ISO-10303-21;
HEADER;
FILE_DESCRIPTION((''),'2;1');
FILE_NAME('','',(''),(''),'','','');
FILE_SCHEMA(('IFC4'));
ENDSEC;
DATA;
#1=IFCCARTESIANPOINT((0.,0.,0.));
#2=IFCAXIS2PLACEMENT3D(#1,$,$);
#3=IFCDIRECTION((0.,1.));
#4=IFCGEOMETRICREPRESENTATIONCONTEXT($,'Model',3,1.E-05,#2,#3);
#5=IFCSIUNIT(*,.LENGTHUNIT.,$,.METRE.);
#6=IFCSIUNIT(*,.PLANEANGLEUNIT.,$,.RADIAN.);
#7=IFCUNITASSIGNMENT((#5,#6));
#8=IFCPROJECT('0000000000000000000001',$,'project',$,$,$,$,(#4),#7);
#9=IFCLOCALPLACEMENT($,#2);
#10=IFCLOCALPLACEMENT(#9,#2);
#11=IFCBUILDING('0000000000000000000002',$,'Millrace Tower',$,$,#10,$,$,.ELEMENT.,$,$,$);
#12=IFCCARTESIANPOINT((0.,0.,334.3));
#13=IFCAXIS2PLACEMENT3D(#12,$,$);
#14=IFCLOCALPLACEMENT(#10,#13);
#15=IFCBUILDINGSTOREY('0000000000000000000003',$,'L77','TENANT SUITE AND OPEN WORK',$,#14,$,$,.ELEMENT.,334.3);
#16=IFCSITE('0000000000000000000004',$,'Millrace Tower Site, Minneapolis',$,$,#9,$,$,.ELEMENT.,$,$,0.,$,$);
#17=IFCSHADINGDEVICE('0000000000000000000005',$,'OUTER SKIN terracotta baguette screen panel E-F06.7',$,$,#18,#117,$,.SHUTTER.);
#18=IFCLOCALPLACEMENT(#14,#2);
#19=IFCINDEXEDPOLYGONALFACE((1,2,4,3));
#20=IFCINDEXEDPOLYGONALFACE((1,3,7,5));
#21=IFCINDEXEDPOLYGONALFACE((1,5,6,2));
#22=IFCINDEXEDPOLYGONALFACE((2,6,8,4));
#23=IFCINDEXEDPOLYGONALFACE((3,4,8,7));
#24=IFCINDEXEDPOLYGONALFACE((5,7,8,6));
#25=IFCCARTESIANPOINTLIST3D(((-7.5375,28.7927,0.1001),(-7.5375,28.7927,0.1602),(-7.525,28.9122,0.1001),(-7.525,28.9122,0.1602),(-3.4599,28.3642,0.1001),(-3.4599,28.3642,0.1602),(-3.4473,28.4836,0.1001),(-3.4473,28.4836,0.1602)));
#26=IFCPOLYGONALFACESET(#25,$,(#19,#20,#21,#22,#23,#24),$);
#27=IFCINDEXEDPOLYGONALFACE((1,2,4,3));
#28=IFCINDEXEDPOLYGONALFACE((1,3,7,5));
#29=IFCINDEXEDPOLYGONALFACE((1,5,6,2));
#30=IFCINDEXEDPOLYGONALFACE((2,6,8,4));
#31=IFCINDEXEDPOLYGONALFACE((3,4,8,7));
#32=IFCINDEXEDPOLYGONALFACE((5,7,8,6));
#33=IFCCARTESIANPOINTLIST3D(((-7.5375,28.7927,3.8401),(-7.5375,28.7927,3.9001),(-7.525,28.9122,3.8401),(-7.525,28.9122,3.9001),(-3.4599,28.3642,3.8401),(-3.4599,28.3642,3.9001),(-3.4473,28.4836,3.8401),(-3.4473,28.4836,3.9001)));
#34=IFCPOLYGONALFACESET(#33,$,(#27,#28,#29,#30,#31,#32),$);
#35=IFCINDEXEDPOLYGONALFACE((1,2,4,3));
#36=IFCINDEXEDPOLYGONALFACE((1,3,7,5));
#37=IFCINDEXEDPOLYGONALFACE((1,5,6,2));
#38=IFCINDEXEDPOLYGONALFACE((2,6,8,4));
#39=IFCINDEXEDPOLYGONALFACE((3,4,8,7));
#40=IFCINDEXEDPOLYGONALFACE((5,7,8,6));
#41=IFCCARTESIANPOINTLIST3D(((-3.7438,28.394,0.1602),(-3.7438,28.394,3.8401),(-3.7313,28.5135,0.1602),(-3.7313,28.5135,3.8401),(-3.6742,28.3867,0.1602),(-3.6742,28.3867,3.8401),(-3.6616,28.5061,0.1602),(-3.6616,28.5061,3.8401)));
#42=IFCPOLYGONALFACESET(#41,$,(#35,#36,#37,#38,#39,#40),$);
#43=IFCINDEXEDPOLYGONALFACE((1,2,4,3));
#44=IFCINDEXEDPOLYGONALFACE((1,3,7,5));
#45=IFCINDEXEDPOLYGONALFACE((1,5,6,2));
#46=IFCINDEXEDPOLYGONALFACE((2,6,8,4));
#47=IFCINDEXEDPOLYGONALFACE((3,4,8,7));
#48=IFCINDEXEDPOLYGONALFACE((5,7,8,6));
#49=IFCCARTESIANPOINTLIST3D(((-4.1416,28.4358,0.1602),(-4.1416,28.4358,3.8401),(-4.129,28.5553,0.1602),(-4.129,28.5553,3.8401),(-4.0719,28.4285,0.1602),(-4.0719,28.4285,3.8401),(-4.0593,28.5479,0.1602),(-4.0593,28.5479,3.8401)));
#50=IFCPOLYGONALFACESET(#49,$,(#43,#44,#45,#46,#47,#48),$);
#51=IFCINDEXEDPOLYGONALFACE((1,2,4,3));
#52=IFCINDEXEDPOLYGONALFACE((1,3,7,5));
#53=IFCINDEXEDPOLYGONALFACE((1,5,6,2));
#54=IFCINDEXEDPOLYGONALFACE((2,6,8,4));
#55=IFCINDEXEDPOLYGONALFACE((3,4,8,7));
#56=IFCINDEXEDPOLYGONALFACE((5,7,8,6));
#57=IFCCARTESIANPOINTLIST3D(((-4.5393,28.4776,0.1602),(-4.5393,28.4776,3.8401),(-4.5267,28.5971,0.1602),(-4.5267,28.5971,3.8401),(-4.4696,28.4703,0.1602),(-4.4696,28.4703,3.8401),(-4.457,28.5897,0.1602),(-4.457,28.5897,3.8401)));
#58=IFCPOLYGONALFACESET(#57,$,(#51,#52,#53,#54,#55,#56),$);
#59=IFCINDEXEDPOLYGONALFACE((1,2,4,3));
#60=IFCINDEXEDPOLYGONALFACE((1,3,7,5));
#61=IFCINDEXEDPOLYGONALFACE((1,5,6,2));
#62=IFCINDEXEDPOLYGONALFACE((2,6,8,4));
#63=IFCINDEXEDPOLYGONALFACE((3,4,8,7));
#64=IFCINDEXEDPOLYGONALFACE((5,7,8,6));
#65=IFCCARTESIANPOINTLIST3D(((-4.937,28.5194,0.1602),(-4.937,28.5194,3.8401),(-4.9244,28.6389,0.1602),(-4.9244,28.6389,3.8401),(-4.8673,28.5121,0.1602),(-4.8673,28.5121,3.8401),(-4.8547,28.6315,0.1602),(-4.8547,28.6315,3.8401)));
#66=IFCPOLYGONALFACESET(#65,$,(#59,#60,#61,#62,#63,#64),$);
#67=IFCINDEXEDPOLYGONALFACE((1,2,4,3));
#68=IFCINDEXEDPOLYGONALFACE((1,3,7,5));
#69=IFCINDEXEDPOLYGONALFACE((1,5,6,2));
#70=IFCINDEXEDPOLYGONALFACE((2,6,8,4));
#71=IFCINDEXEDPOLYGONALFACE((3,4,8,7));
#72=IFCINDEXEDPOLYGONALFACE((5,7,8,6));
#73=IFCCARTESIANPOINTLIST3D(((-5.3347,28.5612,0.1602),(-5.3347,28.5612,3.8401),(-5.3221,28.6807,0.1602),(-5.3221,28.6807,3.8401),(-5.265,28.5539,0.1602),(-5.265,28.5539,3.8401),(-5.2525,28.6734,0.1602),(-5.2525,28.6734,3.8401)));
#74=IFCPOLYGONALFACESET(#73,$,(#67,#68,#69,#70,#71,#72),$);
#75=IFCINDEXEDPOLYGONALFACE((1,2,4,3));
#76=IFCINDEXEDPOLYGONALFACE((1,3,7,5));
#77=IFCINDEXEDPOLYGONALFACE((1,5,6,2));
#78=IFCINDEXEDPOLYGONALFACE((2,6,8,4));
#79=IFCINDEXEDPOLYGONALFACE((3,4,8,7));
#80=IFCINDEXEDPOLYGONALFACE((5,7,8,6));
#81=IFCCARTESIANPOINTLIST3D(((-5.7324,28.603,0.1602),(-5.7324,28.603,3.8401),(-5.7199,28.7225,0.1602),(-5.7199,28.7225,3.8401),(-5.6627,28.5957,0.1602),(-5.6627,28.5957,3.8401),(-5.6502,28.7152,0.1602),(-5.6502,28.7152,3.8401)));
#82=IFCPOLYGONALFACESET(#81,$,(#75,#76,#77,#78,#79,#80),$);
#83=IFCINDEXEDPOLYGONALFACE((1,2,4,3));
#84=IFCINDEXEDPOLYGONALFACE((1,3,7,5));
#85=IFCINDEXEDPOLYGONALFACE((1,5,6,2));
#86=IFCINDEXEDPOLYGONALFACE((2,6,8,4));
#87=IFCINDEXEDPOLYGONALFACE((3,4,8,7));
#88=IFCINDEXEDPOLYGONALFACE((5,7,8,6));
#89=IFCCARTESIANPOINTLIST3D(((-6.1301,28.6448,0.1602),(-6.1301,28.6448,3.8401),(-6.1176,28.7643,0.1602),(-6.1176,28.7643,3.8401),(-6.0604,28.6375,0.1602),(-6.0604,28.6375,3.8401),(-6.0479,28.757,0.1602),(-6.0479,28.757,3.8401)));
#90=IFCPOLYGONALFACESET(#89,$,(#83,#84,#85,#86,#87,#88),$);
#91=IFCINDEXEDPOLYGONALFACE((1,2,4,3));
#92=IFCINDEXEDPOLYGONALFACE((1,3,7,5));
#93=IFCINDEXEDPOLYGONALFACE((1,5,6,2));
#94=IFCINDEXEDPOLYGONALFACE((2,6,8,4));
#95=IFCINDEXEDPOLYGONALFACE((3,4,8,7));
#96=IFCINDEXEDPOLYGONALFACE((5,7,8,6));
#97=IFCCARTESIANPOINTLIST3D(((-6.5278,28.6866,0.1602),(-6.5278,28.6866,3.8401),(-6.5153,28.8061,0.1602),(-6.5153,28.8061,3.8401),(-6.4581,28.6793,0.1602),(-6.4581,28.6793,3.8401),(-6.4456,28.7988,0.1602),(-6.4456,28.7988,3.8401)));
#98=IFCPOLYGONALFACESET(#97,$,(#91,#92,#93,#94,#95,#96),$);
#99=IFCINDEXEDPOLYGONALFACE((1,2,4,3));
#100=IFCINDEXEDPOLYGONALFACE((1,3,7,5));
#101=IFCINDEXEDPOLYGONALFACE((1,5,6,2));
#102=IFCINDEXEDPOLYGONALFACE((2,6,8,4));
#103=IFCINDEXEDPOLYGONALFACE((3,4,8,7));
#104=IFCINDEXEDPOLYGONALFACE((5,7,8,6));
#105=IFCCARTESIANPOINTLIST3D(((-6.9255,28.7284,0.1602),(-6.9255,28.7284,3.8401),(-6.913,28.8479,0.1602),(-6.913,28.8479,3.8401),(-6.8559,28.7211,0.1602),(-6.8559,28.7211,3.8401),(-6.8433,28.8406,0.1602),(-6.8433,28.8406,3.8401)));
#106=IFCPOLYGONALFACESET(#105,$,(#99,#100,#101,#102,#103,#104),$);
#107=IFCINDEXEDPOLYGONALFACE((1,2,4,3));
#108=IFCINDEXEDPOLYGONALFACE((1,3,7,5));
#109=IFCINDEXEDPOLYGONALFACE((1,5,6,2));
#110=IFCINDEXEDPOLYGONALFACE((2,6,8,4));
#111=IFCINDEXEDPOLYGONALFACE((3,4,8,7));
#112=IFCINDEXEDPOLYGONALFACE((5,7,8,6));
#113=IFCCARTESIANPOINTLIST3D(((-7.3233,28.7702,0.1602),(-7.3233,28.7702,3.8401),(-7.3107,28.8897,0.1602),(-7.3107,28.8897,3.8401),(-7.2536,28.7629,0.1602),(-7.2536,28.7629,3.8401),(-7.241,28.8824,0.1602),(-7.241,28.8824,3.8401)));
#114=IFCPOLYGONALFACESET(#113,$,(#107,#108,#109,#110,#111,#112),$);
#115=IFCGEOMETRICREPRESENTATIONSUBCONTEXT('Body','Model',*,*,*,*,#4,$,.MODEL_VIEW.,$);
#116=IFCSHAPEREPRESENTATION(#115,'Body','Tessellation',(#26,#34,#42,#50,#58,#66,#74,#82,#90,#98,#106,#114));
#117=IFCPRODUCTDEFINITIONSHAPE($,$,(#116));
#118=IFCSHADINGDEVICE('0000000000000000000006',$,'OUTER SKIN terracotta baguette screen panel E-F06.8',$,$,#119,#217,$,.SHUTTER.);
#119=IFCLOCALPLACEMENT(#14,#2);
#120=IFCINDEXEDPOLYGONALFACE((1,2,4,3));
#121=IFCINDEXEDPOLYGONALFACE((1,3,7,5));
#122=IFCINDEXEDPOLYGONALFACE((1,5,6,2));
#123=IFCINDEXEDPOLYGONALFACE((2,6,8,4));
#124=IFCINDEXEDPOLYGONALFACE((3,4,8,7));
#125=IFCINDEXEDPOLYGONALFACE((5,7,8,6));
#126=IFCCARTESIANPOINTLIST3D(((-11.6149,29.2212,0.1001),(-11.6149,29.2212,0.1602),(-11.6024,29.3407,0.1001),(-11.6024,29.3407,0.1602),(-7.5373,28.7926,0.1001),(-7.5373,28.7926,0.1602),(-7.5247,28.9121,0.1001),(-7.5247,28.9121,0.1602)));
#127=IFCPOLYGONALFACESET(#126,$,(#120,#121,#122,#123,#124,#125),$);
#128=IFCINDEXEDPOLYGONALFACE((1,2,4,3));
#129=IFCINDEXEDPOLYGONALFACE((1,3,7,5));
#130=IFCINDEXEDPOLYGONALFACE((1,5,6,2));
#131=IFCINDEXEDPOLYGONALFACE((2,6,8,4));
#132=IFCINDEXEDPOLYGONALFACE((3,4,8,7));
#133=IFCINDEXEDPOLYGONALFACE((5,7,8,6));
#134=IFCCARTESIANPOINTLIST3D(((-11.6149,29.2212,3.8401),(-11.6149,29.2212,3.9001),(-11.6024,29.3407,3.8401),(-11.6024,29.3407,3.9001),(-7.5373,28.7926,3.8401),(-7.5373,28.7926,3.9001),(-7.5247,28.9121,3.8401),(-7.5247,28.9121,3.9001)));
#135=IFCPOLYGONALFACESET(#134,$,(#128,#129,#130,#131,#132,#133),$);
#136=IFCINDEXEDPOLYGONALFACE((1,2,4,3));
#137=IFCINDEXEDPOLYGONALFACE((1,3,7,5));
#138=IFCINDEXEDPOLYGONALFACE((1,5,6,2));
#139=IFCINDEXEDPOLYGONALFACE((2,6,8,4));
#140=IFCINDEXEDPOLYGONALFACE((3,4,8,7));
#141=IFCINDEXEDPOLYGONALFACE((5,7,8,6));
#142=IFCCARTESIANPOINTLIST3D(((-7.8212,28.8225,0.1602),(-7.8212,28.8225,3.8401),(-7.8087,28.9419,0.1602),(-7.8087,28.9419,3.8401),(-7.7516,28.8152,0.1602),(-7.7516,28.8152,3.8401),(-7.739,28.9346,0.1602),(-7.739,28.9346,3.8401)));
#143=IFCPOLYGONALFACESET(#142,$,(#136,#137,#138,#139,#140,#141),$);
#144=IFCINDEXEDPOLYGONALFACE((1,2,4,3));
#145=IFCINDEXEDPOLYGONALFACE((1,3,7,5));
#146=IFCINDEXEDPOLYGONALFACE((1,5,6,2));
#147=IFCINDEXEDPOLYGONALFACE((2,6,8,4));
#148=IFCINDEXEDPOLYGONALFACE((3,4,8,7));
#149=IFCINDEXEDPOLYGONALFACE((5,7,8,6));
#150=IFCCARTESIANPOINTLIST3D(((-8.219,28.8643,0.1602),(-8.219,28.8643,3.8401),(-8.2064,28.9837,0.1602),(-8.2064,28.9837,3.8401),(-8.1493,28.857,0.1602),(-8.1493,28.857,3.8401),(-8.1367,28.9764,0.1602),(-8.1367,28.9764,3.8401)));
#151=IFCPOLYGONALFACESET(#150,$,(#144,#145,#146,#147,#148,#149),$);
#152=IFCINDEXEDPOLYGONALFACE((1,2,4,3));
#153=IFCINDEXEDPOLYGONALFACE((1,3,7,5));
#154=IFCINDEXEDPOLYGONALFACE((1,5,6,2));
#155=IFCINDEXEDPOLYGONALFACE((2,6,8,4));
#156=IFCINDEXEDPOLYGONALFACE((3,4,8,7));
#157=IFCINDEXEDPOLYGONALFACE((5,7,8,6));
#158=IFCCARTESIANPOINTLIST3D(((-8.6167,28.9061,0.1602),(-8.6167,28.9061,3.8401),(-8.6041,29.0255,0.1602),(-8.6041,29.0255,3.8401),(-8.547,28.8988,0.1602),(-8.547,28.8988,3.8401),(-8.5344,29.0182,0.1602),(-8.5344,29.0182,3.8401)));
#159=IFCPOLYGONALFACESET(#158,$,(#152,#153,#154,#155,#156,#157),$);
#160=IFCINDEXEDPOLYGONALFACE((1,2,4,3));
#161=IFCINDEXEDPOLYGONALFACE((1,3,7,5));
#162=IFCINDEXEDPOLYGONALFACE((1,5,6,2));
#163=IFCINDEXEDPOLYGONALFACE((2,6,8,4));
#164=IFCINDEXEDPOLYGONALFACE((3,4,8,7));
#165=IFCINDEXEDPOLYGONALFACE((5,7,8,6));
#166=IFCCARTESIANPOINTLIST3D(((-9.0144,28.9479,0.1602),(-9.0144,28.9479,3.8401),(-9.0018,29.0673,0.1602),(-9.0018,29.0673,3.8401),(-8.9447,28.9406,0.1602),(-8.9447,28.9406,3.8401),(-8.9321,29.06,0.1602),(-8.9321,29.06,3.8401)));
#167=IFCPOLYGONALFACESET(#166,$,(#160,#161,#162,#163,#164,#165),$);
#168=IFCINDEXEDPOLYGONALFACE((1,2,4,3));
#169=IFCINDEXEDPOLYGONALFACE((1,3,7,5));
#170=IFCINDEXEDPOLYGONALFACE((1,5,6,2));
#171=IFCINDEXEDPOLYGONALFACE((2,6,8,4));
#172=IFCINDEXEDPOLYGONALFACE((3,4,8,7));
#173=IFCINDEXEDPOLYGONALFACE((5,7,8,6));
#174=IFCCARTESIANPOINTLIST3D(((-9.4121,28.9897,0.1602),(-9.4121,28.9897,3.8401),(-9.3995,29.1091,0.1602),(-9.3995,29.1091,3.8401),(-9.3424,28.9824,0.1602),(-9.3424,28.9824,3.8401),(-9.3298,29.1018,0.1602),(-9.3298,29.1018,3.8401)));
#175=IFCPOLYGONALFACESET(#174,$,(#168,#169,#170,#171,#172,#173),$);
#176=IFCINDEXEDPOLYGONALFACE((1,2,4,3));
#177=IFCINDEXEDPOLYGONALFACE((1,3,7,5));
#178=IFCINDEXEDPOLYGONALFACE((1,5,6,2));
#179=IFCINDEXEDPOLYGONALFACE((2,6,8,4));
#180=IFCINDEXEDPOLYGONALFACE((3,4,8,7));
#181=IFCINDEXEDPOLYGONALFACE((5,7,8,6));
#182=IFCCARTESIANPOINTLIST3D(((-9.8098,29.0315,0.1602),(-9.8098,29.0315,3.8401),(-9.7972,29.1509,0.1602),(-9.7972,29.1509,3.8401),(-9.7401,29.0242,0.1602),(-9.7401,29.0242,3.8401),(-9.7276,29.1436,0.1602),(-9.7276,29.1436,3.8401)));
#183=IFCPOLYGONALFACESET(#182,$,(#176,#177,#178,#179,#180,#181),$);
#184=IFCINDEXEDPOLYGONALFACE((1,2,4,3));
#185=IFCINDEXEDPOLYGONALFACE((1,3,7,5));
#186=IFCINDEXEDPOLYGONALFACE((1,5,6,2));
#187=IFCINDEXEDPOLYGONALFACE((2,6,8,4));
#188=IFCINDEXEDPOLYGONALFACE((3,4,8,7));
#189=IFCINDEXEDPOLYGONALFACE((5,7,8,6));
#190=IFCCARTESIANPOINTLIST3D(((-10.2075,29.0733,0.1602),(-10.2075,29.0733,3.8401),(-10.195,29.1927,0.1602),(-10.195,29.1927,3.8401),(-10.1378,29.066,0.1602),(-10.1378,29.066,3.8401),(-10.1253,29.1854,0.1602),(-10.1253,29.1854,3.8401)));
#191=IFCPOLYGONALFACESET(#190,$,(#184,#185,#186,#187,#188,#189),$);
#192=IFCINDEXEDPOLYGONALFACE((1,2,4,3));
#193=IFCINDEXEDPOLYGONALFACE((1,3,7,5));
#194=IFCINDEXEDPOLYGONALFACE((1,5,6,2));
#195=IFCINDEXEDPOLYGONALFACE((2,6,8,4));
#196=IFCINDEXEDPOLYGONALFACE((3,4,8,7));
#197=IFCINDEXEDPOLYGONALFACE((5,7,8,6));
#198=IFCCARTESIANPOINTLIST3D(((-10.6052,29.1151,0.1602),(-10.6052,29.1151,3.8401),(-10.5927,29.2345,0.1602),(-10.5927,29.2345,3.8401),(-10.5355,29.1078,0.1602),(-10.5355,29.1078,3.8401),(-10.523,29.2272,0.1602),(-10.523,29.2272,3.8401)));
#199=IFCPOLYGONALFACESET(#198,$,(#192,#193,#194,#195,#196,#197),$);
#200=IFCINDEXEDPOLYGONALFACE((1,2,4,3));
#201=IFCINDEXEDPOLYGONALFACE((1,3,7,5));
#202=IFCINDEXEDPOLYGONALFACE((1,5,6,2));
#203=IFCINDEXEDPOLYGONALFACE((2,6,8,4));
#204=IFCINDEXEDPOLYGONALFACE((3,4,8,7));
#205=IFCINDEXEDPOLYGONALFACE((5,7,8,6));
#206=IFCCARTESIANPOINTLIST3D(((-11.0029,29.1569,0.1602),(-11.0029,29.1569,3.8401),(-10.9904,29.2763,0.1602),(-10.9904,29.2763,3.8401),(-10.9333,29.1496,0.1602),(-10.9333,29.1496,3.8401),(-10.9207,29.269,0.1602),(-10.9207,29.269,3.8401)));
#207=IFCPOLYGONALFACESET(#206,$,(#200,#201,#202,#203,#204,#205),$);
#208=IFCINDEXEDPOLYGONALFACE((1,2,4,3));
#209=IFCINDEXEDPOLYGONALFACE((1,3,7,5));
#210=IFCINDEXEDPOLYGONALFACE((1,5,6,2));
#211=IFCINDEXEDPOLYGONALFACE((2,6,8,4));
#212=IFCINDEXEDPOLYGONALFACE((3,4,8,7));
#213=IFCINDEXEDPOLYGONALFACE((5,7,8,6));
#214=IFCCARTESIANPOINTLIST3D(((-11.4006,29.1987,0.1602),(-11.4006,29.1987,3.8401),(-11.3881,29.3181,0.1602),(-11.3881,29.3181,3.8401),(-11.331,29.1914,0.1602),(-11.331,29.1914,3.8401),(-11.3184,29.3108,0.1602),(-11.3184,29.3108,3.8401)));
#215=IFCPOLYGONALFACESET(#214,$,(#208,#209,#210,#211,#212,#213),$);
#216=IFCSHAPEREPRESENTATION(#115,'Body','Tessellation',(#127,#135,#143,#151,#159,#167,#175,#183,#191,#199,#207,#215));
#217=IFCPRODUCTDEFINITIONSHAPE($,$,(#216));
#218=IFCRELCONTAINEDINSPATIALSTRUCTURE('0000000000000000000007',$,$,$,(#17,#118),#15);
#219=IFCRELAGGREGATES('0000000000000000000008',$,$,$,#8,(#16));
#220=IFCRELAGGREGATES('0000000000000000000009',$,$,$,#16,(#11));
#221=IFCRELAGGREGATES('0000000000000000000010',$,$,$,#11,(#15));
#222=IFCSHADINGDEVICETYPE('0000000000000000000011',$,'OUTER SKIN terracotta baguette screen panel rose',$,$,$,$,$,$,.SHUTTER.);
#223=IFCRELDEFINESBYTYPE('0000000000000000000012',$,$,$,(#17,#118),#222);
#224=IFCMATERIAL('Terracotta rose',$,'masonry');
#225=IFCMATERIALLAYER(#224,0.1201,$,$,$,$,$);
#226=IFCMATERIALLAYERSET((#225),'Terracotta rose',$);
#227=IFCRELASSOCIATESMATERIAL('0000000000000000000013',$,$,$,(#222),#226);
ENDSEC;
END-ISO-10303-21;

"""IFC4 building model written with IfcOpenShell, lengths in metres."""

from ifc_helpers import new_model, entity, si_unit, direction, frame, frame_2d, origin, place, context, subcontext, project, spatial, rectangle, extrude, source, transform, mapped, material, layer, layer_set, type_object, element, save


model = new_model("IFC4")

# Units and contexts
model_context = context("Model", 3, precision=1e-05, world=origin(), true_north=direction((0.0, 1.0)))
body_context = subcontext(model_context, "Body", "Model", "MODEL_VIEW")
ifc_project = project(units=[si_unit("LENGTHUNIT", "METRE"), si_unit("PLANEANGLEUNIT", "RADIAN")], contexts=[model_context])

# Site, building, storey
site_placement = place(None, origin())
site = spatial("IfcSite", under=ifc_project, at=site_placement, Name="Millrace Tower Site, Minneapolis", CompositionType="ELEMENT", RefElevation=0.0)
building_placement = place(site_placement, origin())
building = spatial("IfcBuilding", under=site, at=building_placement, Name="Millrace Tower", CompositionType="ELEMENT")
storey_placement = place(building_placement, frame((0.0, 0.0, 334.3)))
storey = spatial("IfcBuildingStorey", under=building, at=storey_placement, Name="L77", Description="TENANT SUITE AND OPEN WORK", CompositionType="ELEMENT", Elevation=334.3)

# Shading devices
ifc_material_1 = material(Name="Terracotta rose", Category="masonry")
ifc_layer_1 = layer(ifc_material_1, 0.1201)
ifc_layer_set_1 = layer_set([ifc_layer_1], Name="Terracotta rose")
shading_device_type = type_object("IfcShadingDeviceType", Name="OUTER SKIN terracotta baguette screen panel rose", PredefinedType="SHUTTER", material=ifc_layer_set_1)
cartesian_point_1 = entity("IfcCartesianPoint", [-2.05, 0.0601])
shared_polyline_1 = entity("IfcPolyline", [cartesian_point_1, entity("IfcCartesianPoint", [2.05, 0.0601]), entity("IfcCartesianPoint", [2.05, -0.0601]), entity("IfcCartesianPoint", [-2.05, -0.0601]), cartesian_point_1])
shared_shape_1 = source(origin(), body_context, "Body", "SweptSolid", [
    entity("IfcExtrudedAreaSolid", entity("IfcArbitraryClosedProfileDef", "AREA", None, shared_polyline_1), entity("IfcAxis2Placement3D", entity("IfcCartesianPoint", [0.0, 0.0, 0.0])), entity("IfcDirection", [0.0, 0.0, 1.0]), 0.0601),
    entity("IfcExtrudedAreaSolid", entity("IfcArbitraryClosedProfileDef", "AREA", None, shared_polyline_1), entity("IfcAxis2Placement3D", entity("IfcCartesianPoint", [0.0, 0.0, 3.74])), entity("IfcDirection", [0.0, 0.0, 1.0]), 0.0601),
    extrude(rectangle(XDim=0.0701, YDim=0.1201, at=frame_2d((-1.7996, 0.0))), frame((0.0, 0.0, 0.0601)), (0.0, 0.0, 1.0), 3.6799),
    extrude(rectangle(XDim=0.0701, YDim=0.1201, at=frame_2d((-1.3997, 0.0))), frame((0.0, 0.0, 0.0601)), (0.0, 0.0, 1.0), 3.6799),
    extrude(rectangle(XDim=0.0701, YDim=0.1201, at=frame_2d((-0.9998, 0.0))), frame((0.0, 0.0, 0.0601)), (0.0, 0.0, 1.0), 3.6799),
    extrude(rectangle(XDim=0.0701, YDim=0.1201, at=frame_2d((-0.5999, 0.0))), frame((0.0, 0.0, 0.0601)), (0.0, 0.0, 1.0), 3.6799),
    extrude(rectangle(XDim=0.0701, YDim=0.1201, at=frame_2d((-0.2, 0.0))), frame((0.0, 0.0, 0.0601)), (0.0, 0.0, 1.0), 3.6799),
    extrude(rectangle(XDim=0.0701, YDim=0.1201, at=frame_2d((0.2, 0.0))), frame((0.0, 0.0, 0.0601)), (0.0, 0.0, 1.0), 3.6799),
    extrude(rectangle(XDim=0.0701, YDim=0.1201, at=frame_2d((0.5999, 0.0))), frame((0.0, 0.0, 0.0601)), (0.0, 0.0, 1.0), 3.6799),
    extrude(rectangle(XDim=0.0701, YDim=0.1201, at=frame_2d((0.9998, 0.0))), frame((0.0, 0.0, 0.0601)), (0.0, 0.0, 1.0), 3.6799),
    extrude(rectangle(XDim=0.0701, YDim=0.1201, at=frame_2d((1.3997, 0.0))), frame((0.0, 0.0, 0.0601)), (0.0, 0.0, 1.0), 3.6799),
    extrude(rectangle(XDim=0.0701, YDim=0.1201, at=frame_2d((1.7996, 0.0))), frame((0.0, 0.0, 0.0601)), (0.0, 0.0, 1.0), 3.6799),
])
for number, where, z_axis, x_axis, name in (
    (1, (-5.4924, 28.6382, 0.1001), (0.0, 0.0, 1.0), (-0.994522, 0.104528, 0.0), "OUTER SKIN terracotta baguette screen panel E-F06.7"),
    (2, (-9.5698, 29.0667, 0.1001), (0.0, 0.0, 1.0), (-0.994522, 0.104528, 0.0), "OUTER SKIN terracotta baguette screen panel E-F06.8"),
):
    element("IfcShadingDevice", number, at=place(storey_placement, frame(where, z_axis=z_axis, x_axis=x_axis)), inside=storey, type_object=shading_device_type, Name=name, PredefinedType="SHUTTER", context=body_context, shape_type="MappedRepresentation", body=[
        mapped(shared_shape_1, transform((0.0, 0.0, 0.0), scale=1.0)),
    ])

save(model, "model.ifc")
